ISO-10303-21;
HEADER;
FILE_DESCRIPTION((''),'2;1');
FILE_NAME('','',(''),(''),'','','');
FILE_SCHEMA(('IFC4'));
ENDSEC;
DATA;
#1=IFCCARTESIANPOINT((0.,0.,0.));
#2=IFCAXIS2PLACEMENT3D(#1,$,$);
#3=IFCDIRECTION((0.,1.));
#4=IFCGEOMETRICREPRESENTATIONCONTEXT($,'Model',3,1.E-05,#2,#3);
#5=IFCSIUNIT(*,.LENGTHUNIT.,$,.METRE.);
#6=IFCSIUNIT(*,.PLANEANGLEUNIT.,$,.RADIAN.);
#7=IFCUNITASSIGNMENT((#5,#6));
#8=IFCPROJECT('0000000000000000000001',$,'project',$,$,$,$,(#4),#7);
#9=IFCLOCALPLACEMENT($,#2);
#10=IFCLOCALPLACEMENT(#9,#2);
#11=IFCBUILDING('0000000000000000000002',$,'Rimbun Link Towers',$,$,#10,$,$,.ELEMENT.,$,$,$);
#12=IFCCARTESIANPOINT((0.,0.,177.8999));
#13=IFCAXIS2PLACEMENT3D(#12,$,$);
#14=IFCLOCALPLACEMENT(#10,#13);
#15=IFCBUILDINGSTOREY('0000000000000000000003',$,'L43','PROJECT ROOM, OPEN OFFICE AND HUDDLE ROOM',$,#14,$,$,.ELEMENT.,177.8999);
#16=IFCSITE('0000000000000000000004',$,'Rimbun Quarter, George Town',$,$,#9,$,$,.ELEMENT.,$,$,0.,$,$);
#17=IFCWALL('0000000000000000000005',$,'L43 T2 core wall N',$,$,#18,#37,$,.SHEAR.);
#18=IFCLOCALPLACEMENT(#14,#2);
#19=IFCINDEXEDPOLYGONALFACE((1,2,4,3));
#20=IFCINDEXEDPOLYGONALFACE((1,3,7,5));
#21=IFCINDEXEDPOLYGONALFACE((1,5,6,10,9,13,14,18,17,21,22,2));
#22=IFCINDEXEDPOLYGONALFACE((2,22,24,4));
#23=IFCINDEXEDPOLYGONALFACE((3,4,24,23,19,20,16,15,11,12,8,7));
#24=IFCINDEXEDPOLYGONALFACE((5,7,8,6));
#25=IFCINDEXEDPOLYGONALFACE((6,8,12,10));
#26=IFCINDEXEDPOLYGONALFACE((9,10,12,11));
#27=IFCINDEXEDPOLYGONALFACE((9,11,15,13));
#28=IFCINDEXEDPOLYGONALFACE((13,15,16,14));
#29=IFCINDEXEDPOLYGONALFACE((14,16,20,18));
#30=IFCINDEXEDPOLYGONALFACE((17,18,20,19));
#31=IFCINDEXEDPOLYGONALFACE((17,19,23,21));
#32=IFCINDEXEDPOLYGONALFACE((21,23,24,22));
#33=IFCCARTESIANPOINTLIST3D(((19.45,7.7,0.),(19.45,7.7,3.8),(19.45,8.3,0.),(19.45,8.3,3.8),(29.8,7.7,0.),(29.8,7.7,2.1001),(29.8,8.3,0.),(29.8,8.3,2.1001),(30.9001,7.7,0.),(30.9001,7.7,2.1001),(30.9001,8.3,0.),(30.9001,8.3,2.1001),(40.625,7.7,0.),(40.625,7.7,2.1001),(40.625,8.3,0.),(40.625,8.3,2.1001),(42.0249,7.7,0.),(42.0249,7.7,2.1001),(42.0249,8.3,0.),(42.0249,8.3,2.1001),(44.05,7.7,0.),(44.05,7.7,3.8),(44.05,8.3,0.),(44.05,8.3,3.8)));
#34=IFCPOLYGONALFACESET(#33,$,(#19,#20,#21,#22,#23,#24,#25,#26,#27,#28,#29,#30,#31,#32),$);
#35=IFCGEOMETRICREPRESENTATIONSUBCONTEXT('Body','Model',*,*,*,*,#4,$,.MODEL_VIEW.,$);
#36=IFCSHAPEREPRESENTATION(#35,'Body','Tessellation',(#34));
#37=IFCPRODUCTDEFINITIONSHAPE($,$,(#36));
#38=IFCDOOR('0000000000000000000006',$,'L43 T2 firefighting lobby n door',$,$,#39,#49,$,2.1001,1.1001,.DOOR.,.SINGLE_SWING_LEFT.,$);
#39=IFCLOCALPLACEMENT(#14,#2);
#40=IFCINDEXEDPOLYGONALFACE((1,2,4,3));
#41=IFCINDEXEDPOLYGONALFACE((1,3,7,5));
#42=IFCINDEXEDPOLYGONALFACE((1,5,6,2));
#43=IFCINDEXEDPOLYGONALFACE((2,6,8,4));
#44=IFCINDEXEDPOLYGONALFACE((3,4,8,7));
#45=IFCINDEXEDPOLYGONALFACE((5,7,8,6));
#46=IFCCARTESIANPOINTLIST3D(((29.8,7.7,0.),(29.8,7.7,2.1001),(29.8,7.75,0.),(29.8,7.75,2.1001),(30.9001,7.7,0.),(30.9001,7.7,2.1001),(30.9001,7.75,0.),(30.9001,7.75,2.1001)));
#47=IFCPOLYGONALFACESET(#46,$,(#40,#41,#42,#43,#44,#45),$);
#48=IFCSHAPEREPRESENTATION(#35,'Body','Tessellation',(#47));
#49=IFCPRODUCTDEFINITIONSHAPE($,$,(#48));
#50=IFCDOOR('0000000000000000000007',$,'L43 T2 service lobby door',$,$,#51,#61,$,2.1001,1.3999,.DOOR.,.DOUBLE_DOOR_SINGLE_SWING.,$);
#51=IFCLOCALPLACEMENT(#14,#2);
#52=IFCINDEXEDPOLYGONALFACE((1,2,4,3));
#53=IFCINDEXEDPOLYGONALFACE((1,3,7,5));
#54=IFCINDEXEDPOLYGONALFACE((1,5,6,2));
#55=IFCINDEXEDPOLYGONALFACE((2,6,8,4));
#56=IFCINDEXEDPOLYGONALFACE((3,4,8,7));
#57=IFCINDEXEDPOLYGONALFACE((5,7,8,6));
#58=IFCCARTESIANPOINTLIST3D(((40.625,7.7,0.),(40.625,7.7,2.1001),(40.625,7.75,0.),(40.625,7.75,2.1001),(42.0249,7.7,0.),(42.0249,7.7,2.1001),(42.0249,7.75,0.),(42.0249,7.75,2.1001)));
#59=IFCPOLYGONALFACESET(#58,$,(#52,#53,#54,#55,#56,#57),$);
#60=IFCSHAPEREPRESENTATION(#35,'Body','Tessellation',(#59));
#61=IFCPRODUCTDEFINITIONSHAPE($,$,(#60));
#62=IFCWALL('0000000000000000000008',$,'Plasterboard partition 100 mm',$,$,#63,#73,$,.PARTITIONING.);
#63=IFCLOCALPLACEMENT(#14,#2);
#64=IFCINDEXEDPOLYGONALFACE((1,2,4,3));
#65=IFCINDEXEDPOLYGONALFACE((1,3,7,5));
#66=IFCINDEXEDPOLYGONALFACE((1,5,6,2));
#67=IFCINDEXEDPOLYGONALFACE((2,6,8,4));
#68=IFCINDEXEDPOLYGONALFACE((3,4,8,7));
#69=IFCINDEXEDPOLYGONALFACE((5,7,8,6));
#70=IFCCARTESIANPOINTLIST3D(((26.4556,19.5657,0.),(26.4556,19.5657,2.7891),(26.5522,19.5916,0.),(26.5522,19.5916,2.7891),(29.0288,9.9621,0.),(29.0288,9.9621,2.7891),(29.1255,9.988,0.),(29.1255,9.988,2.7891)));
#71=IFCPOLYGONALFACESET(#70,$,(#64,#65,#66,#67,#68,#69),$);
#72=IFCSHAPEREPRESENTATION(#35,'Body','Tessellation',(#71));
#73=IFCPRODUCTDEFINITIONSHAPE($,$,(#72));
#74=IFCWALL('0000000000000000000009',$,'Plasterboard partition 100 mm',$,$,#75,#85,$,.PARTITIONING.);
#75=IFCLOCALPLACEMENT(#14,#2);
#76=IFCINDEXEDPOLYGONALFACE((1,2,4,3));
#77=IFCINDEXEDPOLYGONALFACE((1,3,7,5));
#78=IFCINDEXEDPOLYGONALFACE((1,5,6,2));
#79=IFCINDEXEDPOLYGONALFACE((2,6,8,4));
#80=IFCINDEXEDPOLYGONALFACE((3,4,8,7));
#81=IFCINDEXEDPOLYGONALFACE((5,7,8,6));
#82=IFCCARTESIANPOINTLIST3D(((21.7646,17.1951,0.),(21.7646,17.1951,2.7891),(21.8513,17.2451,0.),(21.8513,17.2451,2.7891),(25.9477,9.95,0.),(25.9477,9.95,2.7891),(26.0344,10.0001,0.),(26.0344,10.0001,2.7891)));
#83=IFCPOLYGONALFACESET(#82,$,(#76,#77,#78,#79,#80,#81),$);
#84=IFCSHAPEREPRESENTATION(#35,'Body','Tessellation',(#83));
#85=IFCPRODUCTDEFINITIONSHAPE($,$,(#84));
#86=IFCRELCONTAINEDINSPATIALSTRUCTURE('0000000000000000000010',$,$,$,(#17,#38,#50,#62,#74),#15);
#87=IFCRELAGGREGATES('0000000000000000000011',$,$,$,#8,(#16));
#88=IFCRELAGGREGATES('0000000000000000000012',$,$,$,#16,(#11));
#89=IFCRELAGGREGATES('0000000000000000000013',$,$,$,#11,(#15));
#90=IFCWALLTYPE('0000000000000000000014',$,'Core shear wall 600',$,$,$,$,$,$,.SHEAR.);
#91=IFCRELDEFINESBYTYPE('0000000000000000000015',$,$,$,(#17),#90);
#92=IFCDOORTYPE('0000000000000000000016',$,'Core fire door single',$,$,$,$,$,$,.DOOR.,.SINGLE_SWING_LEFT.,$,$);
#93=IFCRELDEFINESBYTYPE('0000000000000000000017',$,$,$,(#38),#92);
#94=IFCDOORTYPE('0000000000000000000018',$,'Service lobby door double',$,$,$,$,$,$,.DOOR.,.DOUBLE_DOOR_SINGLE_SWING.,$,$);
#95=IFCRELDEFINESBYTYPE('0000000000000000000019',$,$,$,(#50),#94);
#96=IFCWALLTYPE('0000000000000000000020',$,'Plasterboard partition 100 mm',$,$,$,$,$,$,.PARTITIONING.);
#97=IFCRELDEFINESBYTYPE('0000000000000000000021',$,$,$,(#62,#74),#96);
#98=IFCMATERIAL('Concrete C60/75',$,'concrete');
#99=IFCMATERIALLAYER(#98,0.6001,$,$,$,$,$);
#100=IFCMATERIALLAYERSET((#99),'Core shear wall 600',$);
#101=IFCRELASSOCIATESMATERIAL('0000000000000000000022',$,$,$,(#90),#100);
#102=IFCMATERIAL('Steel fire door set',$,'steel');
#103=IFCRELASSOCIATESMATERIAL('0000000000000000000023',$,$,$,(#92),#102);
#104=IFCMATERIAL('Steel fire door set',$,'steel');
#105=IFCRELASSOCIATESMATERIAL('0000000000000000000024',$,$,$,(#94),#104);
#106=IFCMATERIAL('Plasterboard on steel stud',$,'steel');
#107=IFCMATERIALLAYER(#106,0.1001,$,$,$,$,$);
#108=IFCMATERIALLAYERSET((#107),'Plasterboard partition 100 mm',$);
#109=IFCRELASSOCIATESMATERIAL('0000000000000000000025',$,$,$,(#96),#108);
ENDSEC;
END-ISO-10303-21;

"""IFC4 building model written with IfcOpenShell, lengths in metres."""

from ifc_helpers import new_model, si_unit, direction, frame, frame_2d, origin, place, context, subcontext, project, spatial, rectangle, extrude, material, layer, layer_set, type_object, element, fill, save


model = new_model("IFC4")

# Units and contexts
model_context = context("Model", 3, precision=1e-05, world=origin(), true_north=direction((0.0, 1.0)))
body_context = subcontext(model_context, "Body", "Model", "MODEL_VIEW")
ifc_project = project(units=[si_unit("LENGTHUNIT", "METRE"), si_unit("PLANEANGLEUNIT", "RADIAN")], contexts=[model_context])

# Site, building, storey
site_placement = place(None, origin())
site = spatial("IfcSite", under=ifc_project, at=site_placement, Name="Rimbun Quarter, George Town", CompositionType="ELEMENT", RefElevation=0.0)
building_placement = place(site_placement, origin())
building = spatial("IfcBuilding", under=site, at=building_placement, Name="Rimbun Link Towers", CompositionType="ELEMENT")
storey_placement = place(building_placement, frame((0.0, 0.0, 177.8999)))
storey = spatial("IfcBuildingStorey", under=building, at=storey_placement, Name="L43", Description="PROJECT ROOM, OPEN OFFICE AND HUDDLE ROOM", CompositionType="ELEMENT", Elevation=177.8999)

# Wall, openings, doors
ifc_material_1 = material(Name="Concrete C60/75", Category="concrete")
ifc_layer_1 = layer(ifc_material_1, 0.6001)
ifc_layer_set_1 = layer_set([ifc_layer_1], Name="Core shear wall 600")
wall_type_1 = type_object("IfcWallType", Name="Core shear wall 600", PredefinedType="SHEAR", material=ifc_layer_set_1)
wall_1_placement = place(storey_placement, frame((19.45, 8.0, 0.0), z_axis=(0.0, 0.0, 1.0), x_axis=(1.0, 0.0, 0.0)))
wall_1 = element("IfcWall", 1, at=wall_1_placement, inside=storey, type_object=wall_type_1, Name="L43 T2 core wall N", PredefinedType="SHEAR", context=body_context, shape_type="SweptSolid", body=[
    extrude(rectangle(XDim=24.6001, YDim=0.6001, at=frame_2d((12.3, 0.0))), origin(), (0.0, 0.0, 1.0), 3.8),
])
opening_1_placement = place(wall_1_placement, frame((10.3501, 0.0, 0.0)))
opening_1 = element("IfcOpeningElement", 2, at=opening_1_placement, cuts=wall_1, PredefinedType="OPENING", context=body_context, shape_type="SweptSolid", body=[
    extrude(rectangle(XDim=1.1001, YDim=2.1001, at=frame_2d((0.55, 1.05))), frame((0.0, 0.3101, 0.0), z_axis=(0.0, -1.0, 0.0), x_axis=(1.0, 0.0, 0.0)), (0.0, 0.0, 1.0), 0.6201),
])
opening_2_placement = place(wall_1_placement, frame((21.175, 0.0, 0.0)))
opening_2 = element("IfcOpeningElement", 3, at=opening_2_placement, cuts=wall_1, PredefinedType="OPENING", context=body_context, shape_type="SweptSolid", body=[
    extrude(rectangle(XDim=1.3999, YDim=2.1001, at=frame_2d((0.7, 1.05))), frame((0.0, 0.3101, 0.0), z_axis=(0.0, -1.0, 0.0), x_axis=(1.0, 0.0, 0.0)), (0.0, 0.0, 1.0), 0.6201),
])
ifc_material_2 = material(Name="Steel fire door set", Category="steel")
door_type_1 = type_object("IfcDoorType", Name="Core fire door single", OperationType="SINGLE_SWING_LEFT", PredefinedType="DOOR", material=ifc_material_2)
door_1_placement = place(opening_1_placement, origin())
door_1 = element("IfcDoor", 4, at=door_1_placement, inside=storey, type_object=door_type_1, Name="L43 T2 firefighting lobby n door", OperationType="SINGLE_SWING_LEFT", OverallHeight=2.1001, OverallWidth=1.1001, PredefinedType="DOOR", context=body_context, shape_type="SweptSolid", body=[
    extrude(rectangle(XDim=1.1001, YDim=2.1001, at=frame_2d((0.55, 1.05))), frame((0.0, -0.25, 0.0), z_axis=(0.0, -1.0, 0.0), x_axis=(1.0, 0.0, 0.0)), (0.0, 0.0, 1.0), 0.05),
])
fill(opening_1, door_1)
ifc_material_3 = material(Name="Steel fire door set", Category="steel")
door_type_2 = type_object("IfcDoorType", Name="Service lobby door double", OperationType="DOUBLE_DOOR_SINGLE_SWING", PredefinedType="DOOR", material=ifc_material_3)
door_2_placement = place(opening_2_placement, origin())
door_2 = element("IfcDoor", 5, at=door_2_placement, inside=storey, type_object=door_type_2, Name="L43 T2 service lobby door", OperationType="DOUBLE_DOOR_SINGLE_SWING", OverallHeight=2.1001, OverallWidth=1.3999, PredefinedType="DOOR", context=body_context, shape_type="SweptSolid", body=[
    extrude(rectangle(XDim=1.3999, YDim=2.1001, at=frame_2d((0.7, 1.05))), frame((0.0, -0.25, 0.0), z_axis=(0.0, -1.0, 0.0), x_axis=(1.0, 0.0, 0.0)), (0.0, 0.0, 1.0), 0.05),
])
fill(opening_2, door_2)

# Walls
ifc_material_4 = material(Name="Plasterboard on steel stud", Category="steel")
ifc_layer_2 = layer(ifc_material_4, 0.1001)
ifc_layer_set_2 = layer_set([ifc_layer_2], Name="Plasterboard partition 100 mm")
wall_type_2 = type_object("IfcWallType", Name="Plasterboard partition 100 mm", PredefinedType="PARTITIONING", material=ifc_layer_set_2)
wall_2_placement = place(storey_placement, frame((26.5039, 19.5786, 0.0), z_axis=(0.0, 0.0, 1.0), x_axis=(0.258818, -0.965926, 0.0)))
element("IfcWall", 6, at=wall_2_placement, inside=storey, type_object=wall_type_2, Name="Plasterboard partition 100 mm", PredefinedType="PARTITIONING", context=body_context, shape_type="SweptSolid", body=[
    extrude(rectangle(XDim=9.9424, YDim=0.1001, at=frame_2d((4.9712, 0.0))), origin(), (0.0, 0.0, 1.0), 2.7891),
])
wall_3_placement = place(storey_placement, frame((21.8079, 17.2202, 0.0), z_axis=(0.0, 0.0, 1.0), x_axis=(0.500012, -0.866018, 0.0)))
element("IfcWall", 7, at=wall_3_placement, inside=storey, type_object=wall_type_2, Name="Plasterboard partition 100 mm", PredefinedType="PARTITIONING", context=body_context, shape_type="SweptSolid", body=[
    extrude(rectangle(XDim=8.366, YDim=0.1001, at=frame_2d((4.1831, 0.0))), origin(), (0.0, 0.0, 1.0), 2.7891),
])

save(model, "model.ifc")
